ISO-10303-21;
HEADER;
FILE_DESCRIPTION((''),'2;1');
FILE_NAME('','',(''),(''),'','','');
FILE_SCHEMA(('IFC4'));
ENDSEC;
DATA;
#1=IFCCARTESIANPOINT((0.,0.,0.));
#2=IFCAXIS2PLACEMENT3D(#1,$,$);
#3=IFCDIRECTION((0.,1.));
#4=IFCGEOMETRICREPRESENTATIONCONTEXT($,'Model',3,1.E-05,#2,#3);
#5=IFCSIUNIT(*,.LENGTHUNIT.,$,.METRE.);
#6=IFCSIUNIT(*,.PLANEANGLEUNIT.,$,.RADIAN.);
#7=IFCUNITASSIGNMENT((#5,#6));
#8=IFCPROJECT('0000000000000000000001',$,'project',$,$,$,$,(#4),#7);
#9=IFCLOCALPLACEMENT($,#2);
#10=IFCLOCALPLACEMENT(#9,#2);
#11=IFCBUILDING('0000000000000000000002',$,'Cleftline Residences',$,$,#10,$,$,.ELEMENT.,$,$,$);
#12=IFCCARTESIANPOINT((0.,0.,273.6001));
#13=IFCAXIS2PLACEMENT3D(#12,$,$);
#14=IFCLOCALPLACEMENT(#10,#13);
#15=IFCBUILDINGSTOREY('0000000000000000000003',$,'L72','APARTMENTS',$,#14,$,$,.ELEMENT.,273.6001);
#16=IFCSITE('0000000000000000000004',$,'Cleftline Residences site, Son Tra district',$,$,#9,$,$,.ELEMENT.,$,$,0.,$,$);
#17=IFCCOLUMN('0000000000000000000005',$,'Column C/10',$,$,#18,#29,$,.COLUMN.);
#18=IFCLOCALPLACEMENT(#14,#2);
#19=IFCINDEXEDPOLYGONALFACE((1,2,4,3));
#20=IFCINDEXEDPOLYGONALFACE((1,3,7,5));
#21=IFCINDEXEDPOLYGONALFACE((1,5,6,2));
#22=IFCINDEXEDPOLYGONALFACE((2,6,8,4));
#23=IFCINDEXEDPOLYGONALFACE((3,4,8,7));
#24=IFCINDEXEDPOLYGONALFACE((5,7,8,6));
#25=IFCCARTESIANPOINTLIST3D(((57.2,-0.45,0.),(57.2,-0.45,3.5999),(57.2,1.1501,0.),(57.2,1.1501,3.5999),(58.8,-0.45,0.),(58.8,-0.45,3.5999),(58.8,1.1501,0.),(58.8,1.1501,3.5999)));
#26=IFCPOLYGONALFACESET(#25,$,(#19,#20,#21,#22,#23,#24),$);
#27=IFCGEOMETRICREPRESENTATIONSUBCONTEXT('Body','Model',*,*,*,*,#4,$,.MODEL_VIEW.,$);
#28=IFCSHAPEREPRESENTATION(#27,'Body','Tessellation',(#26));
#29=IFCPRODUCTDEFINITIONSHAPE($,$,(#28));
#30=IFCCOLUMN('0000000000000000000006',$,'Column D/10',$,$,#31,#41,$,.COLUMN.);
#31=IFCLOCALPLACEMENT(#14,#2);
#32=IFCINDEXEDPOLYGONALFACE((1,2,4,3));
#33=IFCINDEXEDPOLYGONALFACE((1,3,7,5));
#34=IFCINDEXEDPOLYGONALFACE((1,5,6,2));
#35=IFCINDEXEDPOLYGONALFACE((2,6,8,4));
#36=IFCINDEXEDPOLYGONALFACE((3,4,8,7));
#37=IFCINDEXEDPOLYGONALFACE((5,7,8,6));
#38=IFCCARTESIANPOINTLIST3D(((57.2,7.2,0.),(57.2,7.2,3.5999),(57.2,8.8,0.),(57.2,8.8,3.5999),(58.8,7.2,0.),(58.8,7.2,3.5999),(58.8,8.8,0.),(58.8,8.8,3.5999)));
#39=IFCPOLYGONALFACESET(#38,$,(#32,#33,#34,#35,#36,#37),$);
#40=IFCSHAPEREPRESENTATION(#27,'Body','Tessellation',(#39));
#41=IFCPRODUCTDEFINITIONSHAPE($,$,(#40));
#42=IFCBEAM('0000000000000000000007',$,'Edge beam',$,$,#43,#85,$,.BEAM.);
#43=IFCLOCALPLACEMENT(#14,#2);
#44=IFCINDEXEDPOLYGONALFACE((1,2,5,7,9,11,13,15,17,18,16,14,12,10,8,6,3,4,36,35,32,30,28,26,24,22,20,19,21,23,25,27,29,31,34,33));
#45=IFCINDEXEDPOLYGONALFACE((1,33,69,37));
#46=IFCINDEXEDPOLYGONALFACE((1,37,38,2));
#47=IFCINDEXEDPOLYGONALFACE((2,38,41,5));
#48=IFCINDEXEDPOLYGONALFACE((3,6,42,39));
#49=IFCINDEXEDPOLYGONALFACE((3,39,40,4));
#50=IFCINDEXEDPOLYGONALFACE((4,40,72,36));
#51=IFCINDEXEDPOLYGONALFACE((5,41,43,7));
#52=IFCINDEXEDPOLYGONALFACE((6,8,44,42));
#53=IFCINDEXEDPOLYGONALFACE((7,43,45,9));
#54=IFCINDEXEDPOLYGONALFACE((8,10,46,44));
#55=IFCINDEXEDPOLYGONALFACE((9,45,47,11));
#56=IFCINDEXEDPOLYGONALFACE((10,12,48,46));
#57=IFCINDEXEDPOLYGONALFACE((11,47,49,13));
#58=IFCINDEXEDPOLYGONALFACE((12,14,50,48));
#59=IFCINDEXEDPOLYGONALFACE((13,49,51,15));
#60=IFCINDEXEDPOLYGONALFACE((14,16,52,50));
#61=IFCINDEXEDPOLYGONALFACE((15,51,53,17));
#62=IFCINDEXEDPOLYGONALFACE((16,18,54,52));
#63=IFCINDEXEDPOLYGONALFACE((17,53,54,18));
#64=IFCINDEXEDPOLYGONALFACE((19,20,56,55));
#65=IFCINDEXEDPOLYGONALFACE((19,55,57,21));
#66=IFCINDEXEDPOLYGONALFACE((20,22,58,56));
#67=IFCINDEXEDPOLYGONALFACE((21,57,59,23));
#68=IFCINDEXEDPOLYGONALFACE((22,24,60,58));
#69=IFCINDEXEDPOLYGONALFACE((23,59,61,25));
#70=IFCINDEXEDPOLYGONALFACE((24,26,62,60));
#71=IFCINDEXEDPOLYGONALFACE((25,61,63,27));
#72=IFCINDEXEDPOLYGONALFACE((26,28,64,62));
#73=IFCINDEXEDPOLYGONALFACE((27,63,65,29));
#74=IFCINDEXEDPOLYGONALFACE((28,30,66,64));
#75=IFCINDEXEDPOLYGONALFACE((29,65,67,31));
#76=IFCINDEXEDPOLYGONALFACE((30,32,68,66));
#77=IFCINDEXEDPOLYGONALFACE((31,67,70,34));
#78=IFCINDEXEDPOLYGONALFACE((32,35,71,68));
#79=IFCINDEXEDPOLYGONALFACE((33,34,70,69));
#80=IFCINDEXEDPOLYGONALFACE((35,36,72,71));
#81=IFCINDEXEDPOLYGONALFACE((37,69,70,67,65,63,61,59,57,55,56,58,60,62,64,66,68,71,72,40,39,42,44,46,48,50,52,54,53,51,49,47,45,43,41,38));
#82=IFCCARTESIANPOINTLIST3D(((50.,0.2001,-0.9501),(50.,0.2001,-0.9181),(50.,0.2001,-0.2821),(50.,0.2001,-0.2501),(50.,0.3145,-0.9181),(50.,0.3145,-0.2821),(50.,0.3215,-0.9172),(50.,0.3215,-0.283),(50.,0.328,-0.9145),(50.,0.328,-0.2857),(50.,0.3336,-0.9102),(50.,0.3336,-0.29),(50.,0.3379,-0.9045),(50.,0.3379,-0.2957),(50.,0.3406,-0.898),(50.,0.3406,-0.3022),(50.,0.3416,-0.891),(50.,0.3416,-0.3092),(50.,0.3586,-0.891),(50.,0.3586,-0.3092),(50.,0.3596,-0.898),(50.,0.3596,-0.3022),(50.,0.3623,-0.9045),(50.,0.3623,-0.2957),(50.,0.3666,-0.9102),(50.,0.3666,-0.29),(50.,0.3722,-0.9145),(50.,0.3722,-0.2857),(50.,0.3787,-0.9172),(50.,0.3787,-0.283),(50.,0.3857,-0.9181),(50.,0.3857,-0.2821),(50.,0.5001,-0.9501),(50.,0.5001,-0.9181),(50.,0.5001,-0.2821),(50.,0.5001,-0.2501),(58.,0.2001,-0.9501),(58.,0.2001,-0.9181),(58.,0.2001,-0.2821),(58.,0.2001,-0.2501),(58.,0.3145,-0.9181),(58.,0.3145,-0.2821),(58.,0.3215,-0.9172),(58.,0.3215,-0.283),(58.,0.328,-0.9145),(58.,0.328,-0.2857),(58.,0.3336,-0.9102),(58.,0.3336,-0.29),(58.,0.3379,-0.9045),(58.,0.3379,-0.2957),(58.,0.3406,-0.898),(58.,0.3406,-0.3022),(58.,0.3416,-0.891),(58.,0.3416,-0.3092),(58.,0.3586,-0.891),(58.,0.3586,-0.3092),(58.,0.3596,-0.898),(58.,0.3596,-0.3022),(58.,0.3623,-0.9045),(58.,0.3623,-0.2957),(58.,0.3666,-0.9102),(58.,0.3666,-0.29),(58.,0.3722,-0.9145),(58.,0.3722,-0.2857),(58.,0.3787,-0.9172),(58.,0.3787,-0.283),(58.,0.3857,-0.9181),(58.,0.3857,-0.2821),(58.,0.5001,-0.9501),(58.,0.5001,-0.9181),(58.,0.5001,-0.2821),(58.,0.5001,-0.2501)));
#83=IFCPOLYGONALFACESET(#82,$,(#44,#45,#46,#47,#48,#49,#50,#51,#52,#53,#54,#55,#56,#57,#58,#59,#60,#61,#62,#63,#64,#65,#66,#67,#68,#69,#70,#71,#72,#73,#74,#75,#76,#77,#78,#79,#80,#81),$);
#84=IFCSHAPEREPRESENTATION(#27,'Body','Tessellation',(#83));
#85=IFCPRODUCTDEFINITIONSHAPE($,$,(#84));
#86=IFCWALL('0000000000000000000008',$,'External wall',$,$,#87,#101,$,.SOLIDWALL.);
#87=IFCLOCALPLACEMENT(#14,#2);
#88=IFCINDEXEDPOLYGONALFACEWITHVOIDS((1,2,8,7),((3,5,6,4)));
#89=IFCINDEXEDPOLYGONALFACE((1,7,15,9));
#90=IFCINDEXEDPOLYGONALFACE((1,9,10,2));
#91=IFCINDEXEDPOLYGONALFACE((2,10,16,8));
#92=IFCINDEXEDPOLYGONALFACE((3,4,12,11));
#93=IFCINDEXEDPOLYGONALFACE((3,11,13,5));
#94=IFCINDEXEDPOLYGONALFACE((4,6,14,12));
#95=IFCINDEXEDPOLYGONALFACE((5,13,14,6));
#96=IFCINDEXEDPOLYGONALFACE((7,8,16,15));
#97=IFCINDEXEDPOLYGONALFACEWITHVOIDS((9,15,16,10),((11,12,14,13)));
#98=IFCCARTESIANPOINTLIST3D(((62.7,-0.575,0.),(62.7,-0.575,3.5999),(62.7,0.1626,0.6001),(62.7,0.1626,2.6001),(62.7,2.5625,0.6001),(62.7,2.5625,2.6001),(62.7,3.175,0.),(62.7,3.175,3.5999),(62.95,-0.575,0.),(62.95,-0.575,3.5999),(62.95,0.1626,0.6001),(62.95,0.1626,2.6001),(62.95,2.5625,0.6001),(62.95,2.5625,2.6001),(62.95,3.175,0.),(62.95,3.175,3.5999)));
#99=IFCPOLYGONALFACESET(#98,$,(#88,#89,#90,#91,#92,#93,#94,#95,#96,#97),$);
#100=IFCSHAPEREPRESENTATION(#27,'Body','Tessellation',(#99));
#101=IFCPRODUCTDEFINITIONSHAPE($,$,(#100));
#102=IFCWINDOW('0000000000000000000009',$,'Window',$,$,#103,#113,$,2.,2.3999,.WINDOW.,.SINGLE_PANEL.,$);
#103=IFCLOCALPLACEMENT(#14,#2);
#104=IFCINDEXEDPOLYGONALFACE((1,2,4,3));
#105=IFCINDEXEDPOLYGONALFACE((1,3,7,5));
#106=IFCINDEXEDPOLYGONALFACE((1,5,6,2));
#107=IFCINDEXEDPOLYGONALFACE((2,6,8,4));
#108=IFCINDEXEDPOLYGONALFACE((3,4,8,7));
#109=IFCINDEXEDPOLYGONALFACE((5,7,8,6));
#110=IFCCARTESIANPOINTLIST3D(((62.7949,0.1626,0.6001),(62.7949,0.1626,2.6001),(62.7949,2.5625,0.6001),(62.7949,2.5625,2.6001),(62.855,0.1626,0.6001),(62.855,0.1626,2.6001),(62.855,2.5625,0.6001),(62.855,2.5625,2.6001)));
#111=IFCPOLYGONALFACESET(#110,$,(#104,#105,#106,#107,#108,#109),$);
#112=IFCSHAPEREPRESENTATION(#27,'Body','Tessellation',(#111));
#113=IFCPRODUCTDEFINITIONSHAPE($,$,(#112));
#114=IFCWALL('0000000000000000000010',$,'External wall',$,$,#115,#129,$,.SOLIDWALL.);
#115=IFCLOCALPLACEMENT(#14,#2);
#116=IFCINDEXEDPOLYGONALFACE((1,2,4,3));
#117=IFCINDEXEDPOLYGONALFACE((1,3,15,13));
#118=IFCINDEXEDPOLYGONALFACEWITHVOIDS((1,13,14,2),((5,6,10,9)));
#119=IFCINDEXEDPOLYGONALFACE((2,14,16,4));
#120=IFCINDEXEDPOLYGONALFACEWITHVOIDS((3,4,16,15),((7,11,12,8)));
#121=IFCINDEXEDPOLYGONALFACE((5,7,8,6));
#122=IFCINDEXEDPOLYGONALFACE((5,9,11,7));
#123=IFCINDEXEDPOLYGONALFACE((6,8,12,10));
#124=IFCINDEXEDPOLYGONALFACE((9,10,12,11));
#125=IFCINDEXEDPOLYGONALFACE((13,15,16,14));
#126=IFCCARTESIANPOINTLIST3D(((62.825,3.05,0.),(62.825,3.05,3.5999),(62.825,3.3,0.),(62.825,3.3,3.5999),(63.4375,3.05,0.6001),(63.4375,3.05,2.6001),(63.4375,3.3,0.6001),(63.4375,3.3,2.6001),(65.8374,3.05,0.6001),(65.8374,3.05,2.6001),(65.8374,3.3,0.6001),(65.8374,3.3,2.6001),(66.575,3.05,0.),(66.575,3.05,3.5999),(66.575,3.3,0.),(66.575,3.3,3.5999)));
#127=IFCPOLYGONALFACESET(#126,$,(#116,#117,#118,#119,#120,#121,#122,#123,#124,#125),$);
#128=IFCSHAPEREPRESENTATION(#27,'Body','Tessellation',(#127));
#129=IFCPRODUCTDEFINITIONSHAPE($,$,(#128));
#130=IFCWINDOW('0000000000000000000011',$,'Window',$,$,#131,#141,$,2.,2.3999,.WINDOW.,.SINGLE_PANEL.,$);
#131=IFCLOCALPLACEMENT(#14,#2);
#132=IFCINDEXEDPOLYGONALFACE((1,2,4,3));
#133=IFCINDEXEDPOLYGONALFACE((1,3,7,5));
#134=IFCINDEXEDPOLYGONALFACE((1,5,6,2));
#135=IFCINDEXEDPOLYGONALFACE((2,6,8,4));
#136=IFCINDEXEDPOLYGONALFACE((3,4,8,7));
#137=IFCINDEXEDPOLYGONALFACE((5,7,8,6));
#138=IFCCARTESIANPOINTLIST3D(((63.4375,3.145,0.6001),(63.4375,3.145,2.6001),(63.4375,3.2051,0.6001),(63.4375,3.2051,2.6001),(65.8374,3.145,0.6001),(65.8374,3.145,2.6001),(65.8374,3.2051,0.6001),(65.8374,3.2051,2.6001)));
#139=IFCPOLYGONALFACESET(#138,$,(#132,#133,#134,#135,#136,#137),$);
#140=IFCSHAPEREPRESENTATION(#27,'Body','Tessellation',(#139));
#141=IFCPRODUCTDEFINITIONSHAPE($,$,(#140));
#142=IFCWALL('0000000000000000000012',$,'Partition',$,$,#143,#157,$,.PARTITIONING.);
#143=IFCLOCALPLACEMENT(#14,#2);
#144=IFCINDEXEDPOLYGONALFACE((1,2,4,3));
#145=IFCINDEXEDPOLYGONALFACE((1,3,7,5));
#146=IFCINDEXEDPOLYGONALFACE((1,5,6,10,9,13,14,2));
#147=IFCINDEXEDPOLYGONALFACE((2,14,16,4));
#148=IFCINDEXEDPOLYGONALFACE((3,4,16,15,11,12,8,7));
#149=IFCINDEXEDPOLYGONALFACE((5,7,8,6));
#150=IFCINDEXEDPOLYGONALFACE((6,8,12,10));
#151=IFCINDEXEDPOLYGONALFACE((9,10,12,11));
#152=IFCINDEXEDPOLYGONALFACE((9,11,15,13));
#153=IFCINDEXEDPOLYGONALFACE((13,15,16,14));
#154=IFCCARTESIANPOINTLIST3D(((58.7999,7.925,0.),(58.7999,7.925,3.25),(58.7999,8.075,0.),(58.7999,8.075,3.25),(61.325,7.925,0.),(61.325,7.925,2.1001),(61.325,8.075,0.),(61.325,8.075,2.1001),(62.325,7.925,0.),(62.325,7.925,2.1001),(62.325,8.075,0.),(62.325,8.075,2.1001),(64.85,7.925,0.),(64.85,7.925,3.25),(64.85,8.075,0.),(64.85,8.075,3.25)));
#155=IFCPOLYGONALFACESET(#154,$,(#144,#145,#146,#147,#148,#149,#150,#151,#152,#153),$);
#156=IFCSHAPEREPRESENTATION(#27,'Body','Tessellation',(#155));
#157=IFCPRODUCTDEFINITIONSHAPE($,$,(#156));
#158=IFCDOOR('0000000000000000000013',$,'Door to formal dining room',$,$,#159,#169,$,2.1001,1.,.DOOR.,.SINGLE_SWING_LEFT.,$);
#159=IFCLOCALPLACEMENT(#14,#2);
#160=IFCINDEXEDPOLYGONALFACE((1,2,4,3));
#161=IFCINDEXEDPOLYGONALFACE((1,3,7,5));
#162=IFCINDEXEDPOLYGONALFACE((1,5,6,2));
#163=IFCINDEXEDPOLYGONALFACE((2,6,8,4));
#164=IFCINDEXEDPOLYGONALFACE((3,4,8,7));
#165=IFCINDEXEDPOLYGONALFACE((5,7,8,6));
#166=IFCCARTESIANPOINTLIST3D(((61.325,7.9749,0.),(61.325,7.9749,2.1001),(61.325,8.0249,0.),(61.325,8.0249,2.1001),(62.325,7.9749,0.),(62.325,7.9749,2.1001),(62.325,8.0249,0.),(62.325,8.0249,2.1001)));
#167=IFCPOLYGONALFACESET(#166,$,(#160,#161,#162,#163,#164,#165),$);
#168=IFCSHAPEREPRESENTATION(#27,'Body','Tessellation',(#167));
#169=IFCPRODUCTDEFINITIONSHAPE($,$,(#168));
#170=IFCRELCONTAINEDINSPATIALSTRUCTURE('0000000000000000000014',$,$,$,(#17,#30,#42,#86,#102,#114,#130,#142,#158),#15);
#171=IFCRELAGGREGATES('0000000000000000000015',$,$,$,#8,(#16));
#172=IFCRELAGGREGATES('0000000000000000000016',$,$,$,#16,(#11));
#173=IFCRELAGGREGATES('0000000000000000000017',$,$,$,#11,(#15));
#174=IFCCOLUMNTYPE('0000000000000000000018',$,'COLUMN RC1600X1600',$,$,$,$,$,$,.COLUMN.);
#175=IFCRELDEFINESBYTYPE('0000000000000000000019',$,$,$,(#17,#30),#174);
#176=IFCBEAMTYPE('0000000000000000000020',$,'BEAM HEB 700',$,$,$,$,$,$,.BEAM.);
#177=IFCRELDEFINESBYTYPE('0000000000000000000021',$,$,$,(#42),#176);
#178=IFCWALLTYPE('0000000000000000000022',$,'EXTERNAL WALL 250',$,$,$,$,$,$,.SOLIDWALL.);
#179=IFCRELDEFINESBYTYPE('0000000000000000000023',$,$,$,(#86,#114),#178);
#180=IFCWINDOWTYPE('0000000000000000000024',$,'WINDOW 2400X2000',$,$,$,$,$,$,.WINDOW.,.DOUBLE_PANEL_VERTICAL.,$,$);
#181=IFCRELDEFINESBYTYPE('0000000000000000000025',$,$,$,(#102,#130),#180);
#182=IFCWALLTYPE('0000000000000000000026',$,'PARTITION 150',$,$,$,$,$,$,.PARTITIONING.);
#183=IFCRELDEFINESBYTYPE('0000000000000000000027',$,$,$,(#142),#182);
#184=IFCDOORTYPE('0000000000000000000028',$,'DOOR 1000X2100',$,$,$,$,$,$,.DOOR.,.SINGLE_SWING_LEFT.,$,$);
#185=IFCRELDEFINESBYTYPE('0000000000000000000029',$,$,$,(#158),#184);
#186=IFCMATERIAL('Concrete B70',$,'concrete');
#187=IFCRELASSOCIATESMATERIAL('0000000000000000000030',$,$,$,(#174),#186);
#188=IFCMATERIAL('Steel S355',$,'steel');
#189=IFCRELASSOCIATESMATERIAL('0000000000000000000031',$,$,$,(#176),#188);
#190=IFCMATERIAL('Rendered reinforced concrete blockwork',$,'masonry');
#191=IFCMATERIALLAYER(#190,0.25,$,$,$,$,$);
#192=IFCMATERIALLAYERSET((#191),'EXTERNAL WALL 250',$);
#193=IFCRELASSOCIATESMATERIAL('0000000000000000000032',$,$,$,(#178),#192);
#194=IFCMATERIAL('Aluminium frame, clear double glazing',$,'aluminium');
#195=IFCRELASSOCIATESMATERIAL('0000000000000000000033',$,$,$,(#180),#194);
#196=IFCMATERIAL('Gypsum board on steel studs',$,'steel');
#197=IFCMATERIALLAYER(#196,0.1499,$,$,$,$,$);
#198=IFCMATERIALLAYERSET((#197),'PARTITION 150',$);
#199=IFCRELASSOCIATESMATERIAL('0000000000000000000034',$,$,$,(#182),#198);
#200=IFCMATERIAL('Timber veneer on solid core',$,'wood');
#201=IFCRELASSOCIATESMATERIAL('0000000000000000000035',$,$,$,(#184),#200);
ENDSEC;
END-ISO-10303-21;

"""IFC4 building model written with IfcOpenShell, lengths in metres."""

from ifc_helpers import new_model, si_unit, direction, frame, frame_2d, origin, origin_2d, place, context, subcontext, project, spatial, rectangle, i_section, extrude, material, layer, layer_set, material_profile, profile_set, type_object, element, fill, save


model = new_model("IFC4")

# Units and contexts
model_context = context("Model", 3, precision=1e-05, world=origin(), true_north=direction((0.0, 1.0)))
body_context = subcontext(model_context, "Body", "Model", "MODEL_VIEW")
ifc_project = project(units=[si_unit("LENGTHUNIT", "METRE"), si_unit("PLANEANGLEUNIT", "RADIAN")], contexts=[model_context])

# Site, building, storey
site_placement = place(None, origin())
site = spatial("IfcSite", under=ifc_project, at=site_placement, Name="Cleftline Residences site, Son Tra district", CompositionType="ELEMENT", RefElevation=0.0)
building_placement = place(site_placement, origin())
building = spatial("IfcBuilding", under=site, at=building_placement, Name="Cleftline Residences", CompositionType="ELEMENT")
storey_placement = place(building_placement, frame((0.0, 0.0, 273.6001)))
storey = spatial("IfcBuildingStorey", under=building, at=storey_placement, Name="L72", Description="APARTMENTS", CompositionType="ELEMENT", Elevation=273.6001)

# Columns
ifc_material_1 = material(Name="Concrete B70", Category="concrete")
ifc_material_profile_1 = material_profile(ifc_material_1, rectangle(XDim=1.6001, YDim=1.6001, at=origin_2d()))
ifc_profile_set_1 = profile_set([ifc_material_profile_1], Name="Concrete B70")
column_type = type_object("IfcColumnType", Name="COLUMN RC1600X1600", PredefinedType="COLUMN", material=ifc_profile_set_1)
for number, where, z_axis, x_axis, name in (
    (1, (58.0, 0.3501, 0.0), (0.0, 0.0, 1.0), (1.0, 0.0, 0.0), "Column C/10"),
    (2, (58.0, 8.0, 0.0), (0.0, 0.0, 1.0), (1.0, 0.0, 0.0), "Column D/10"),
):
    element("IfcColumn", number, at=place(storey_placement, frame(where, z_axis=z_axis, x_axis=x_axis)), inside=storey, type_object=column_type, Name=name, PredefinedType="COLUMN", context=body_context, shape_type="SweptSolid", body=[
        extrude(rectangle(XDim=1.6001, YDim=1.6001, at=origin_2d()), origin(), (0.0, 0.0, 1.0), 3.5999),
    ])

# Beam
ifc_material_2 = material(Name="Steel S355", Category="steel")
ifc_material_profile_2 = material_profile(ifc_material_2, i_section(OverallWidth=0.3, OverallDepth=0.7, WebThickness=0.0171, FlangeThickness=0.032, FilletRadius=0.0271, at=origin_2d()))
ifc_profile_set_2 = profile_set([ifc_material_profile_2], Name="Steel S355")
beam_type = type_object("IfcBeamType", Name="BEAM HEB 700", PredefinedType="BEAM", material=ifc_profile_set_2)
beam_placement = place(storey_placement, frame((58.0, 0.3501, -0.6001), z_axis=(-1.0, 0.0, 0.0), x_axis=(0.0, -1.0, 0.0)))
element("IfcBeam", 3, at=beam_placement, inside=storey, type_object=beam_type, Name="Edge beam", PredefinedType="BEAM", context=body_context, shape_type="SweptSolid", body=[
    extrude(i_section(OverallWidth=0.3, OverallDepth=0.7, WebThickness=0.0171, FlangeThickness=0.032, FilletRadius=0.0271, at=origin_2d()), origin(), (0.0, 0.0, 1.0), 8.0),
])

# Walls, openings, windows
ifc_material_3 = material(Name="Rendered reinforced concrete blockwork", Category="masonry")
ifc_layer_1 = layer(ifc_material_3, 0.25)
ifc_layer_set_1 = layer_set([ifc_layer_1], Name="EXTERNAL WALL 250")
wall_type_1 = type_object("IfcWallType", Name="EXTERNAL WALL 250", PredefinedType="SOLIDWALL", material=ifc_layer_set_1)
wall_1_placement = place(storey_placement, frame((62.825, -0.575, 0.0), z_axis=(0.0, 0.0, 1.0), x_axis=(0.0, 1.0, 0.0)))
wall_1 = element("IfcWall", 4, at=wall_1_placement, inside=storey, type_object=wall_type_1, Name="External wall", PredefinedType="SOLIDWALL", context=body_context, shape_type="SweptSolid", body=[
    extrude(rectangle(XDim=3.75, YDim=0.25, at=frame_2d((1.875, 0.0))), origin(), (0.0, 0.0, 1.0), 3.5999),
])
opening_1_placement = place(wall_1_placement, frame((0.7375, 0.0, 0.6001)))
opening_1 = element("IfcOpeningElement", 5, at=opening_1_placement, cuts=wall_1, PredefinedType="OPENING", context=body_context, shape_type="SweptSolid", body=[
    extrude(rectangle(XDim=2.3999, YDim=2.0, at=frame_2d((1.2, 1.0))), frame((0.0, 0.135, 0.0), z_axis=(0.0, -1.0, 0.0), x_axis=(1.0, 0.0, 0.0)), (0.0, 0.0, 1.0), 0.27),
])
ifc_material_4 = material(Name="Aluminium frame, clear double glazing", Category="aluminium")
window_type = type_object("IfcWindowType", Name="WINDOW 2400X2000", PartitioningType="DOUBLE_PANEL_VERTICAL", PredefinedType="WINDOW", material=ifc_material_4)
window_1_placement = place(opening_1_placement, origin())
window_1 = element("IfcWindow", 6, at=window_1_placement, inside=storey, type_object=window_type, Name="Window", OverallHeight=2.0, OverallWidth=2.3999, PartitioningType="SINGLE_PANEL", PredefinedType="WINDOW", context=body_context, shape_type="SweptSolid", body=[
    extrude(rectangle(XDim=2.3999, YDim=2.0, at=frame_2d((1.2, 1.0))), frame((0.0, 0.03, 0.0), z_axis=(0.0, -1.0, 0.0), x_axis=(1.0, 0.0, 0.0)), (0.0, 0.0, 1.0), 0.0601),
])
fill(opening_1, window_1)
wall_2_placement = place(storey_placement, frame((62.825, 3.175, 0.0), z_axis=(0.0, 0.0, 1.0), x_axis=(1.0, 0.0, 0.0)))
wall_2 = element("IfcWall", 7, at=wall_2_placement, inside=storey, type_object=wall_type_1, Name="External wall", PredefinedType="SOLIDWALL", context=body_context, shape_type="SweptSolid", body=[
    extrude(rectangle(XDim=3.75, YDim=0.25, at=frame_2d((1.875, 0.0))), origin(), (0.0, 0.0, 1.0), 3.5999),
])
opening_2_placement = place(wall_2_placement, frame((0.6125, 0.0, 0.6001)))
opening_2 = element("IfcOpeningElement", 8, at=opening_2_placement, cuts=wall_2, PredefinedType="OPENING", context=body_context, shape_type="SweptSolid", body=[
    extrude(rectangle(XDim=2.3999, YDim=2.0, at=frame_2d((1.2, 1.0))), frame((0.0, 0.135, 0.0), z_axis=(0.0, -1.0, 0.0), x_axis=(1.0, 0.0, 0.0)), (0.0, 0.0, 1.0), 0.27),
])
window_2_placement = place(opening_2_placement, origin())
window_2 = element("IfcWindow", 9, at=window_2_placement, inside=storey, type_object=window_type, Name="Window", OverallHeight=2.0, OverallWidth=2.3999, PartitioningType="SINGLE_PANEL", PredefinedType="WINDOW", context=body_context, shape_type="SweptSolid", body=[
    extrude(rectangle(XDim=2.3999, YDim=2.0, at=frame_2d((1.2, 1.0))), frame((0.0, 0.03, 0.0), z_axis=(0.0, -1.0, 0.0), x_axis=(1.0, 0.0, 0.0)), (0.0, 0.0, 1.0), 0.0601),
])
fill(opening_2, window_2)

# Wall, opening, door
ifc_material_5 = material(Name="Gypsum board on steel studs", Category="steel")
ifc_layer_2 = layer(ifc_material_5, 0.1499)
ifc_layer_set_2 = layer_set([ifc_layer_2], Name="PARTITION 150")
wall_type_2 = type_object("IfcWallType", Name="PARTITION 150", PredefinedType="PARTITIONING", material=ifc_layer_set_2)
wall_3_placement = place(storey_placement, frame((58.8, 8.0, 0.0), z_axis=(0.0, 0.0, 1.0), x_axis=(1.0, 0.0, 0.0)))
wall_3 = element("IfcWall", 10, at=wall_3_placement, inside=storey, type_object=wall_type_2, Name="Partition", PredefinedType="PARTITIONING", context=body_context, shape_type="SweptSolid", body=[
    extrude(rectangle(XDim=6.05, YDim=0.1499, at=frame_2d((3.0249, 0.0))), origin(), (0.0, 0.0, 1.0), 3.25),
])
opening_3_placement = place(wall_3_placement, frame((2.5249, 0.0, 0.0)))
opening_3 = element("IfcOpeningElement", 11, at=opening_3_placement, cuts=wall_3, PredefinedType="OPENING", context=body_context, shape_type="SweptSolid", body=[
    extrude(rectangle(XDim=1.0, YDim=2.1001, at=frame_2d((0.5, 1.05))), frame((0.0, 0.085, 0.0), z_axis=(0.0, -1.0, 0.0), x_axis=(1.0, 0.0, 0.0)), (0.0, 0.0, 1.0), 0.1699),
])
ifc_material_6 = material(Name="Timber veneer on solid core", Category="wood")
door_type_1 = type_object("IfcDoorType", Name="DOOR 1000X2100", OperationType="SINGLE_SWING_LEFT", PredefinedType="DOOR", material=ifc_material_6)
door_1_placement = place(opening_3_placement, origin())
door_1 = element("IfcDoor", 12, at=door_1_placement, inside=storey, type_object=door_type_1, Name="Door to formal dining room", OperationType="SINGLE_SWING_LEFT", OverallHeight=2.1001, OverallWidth=1.0, PredefinedType="DOOR", context=body_context, shape_type="SweptSolid", body=[
    extrude(rectangle(XDim=1.0, YDim=2.1001, at=frame_2d((0.5, 1.05))), frame((0.0, 0.0249, 0.0), z_axis=(0.0, -1.0, 0.0), x_axis=(1.0, 0.0, 0.0)), (0.0, 0.0, 1.0), 0.05),
])
fill(opening_3, door_1)

save(model, "model.ifc")
